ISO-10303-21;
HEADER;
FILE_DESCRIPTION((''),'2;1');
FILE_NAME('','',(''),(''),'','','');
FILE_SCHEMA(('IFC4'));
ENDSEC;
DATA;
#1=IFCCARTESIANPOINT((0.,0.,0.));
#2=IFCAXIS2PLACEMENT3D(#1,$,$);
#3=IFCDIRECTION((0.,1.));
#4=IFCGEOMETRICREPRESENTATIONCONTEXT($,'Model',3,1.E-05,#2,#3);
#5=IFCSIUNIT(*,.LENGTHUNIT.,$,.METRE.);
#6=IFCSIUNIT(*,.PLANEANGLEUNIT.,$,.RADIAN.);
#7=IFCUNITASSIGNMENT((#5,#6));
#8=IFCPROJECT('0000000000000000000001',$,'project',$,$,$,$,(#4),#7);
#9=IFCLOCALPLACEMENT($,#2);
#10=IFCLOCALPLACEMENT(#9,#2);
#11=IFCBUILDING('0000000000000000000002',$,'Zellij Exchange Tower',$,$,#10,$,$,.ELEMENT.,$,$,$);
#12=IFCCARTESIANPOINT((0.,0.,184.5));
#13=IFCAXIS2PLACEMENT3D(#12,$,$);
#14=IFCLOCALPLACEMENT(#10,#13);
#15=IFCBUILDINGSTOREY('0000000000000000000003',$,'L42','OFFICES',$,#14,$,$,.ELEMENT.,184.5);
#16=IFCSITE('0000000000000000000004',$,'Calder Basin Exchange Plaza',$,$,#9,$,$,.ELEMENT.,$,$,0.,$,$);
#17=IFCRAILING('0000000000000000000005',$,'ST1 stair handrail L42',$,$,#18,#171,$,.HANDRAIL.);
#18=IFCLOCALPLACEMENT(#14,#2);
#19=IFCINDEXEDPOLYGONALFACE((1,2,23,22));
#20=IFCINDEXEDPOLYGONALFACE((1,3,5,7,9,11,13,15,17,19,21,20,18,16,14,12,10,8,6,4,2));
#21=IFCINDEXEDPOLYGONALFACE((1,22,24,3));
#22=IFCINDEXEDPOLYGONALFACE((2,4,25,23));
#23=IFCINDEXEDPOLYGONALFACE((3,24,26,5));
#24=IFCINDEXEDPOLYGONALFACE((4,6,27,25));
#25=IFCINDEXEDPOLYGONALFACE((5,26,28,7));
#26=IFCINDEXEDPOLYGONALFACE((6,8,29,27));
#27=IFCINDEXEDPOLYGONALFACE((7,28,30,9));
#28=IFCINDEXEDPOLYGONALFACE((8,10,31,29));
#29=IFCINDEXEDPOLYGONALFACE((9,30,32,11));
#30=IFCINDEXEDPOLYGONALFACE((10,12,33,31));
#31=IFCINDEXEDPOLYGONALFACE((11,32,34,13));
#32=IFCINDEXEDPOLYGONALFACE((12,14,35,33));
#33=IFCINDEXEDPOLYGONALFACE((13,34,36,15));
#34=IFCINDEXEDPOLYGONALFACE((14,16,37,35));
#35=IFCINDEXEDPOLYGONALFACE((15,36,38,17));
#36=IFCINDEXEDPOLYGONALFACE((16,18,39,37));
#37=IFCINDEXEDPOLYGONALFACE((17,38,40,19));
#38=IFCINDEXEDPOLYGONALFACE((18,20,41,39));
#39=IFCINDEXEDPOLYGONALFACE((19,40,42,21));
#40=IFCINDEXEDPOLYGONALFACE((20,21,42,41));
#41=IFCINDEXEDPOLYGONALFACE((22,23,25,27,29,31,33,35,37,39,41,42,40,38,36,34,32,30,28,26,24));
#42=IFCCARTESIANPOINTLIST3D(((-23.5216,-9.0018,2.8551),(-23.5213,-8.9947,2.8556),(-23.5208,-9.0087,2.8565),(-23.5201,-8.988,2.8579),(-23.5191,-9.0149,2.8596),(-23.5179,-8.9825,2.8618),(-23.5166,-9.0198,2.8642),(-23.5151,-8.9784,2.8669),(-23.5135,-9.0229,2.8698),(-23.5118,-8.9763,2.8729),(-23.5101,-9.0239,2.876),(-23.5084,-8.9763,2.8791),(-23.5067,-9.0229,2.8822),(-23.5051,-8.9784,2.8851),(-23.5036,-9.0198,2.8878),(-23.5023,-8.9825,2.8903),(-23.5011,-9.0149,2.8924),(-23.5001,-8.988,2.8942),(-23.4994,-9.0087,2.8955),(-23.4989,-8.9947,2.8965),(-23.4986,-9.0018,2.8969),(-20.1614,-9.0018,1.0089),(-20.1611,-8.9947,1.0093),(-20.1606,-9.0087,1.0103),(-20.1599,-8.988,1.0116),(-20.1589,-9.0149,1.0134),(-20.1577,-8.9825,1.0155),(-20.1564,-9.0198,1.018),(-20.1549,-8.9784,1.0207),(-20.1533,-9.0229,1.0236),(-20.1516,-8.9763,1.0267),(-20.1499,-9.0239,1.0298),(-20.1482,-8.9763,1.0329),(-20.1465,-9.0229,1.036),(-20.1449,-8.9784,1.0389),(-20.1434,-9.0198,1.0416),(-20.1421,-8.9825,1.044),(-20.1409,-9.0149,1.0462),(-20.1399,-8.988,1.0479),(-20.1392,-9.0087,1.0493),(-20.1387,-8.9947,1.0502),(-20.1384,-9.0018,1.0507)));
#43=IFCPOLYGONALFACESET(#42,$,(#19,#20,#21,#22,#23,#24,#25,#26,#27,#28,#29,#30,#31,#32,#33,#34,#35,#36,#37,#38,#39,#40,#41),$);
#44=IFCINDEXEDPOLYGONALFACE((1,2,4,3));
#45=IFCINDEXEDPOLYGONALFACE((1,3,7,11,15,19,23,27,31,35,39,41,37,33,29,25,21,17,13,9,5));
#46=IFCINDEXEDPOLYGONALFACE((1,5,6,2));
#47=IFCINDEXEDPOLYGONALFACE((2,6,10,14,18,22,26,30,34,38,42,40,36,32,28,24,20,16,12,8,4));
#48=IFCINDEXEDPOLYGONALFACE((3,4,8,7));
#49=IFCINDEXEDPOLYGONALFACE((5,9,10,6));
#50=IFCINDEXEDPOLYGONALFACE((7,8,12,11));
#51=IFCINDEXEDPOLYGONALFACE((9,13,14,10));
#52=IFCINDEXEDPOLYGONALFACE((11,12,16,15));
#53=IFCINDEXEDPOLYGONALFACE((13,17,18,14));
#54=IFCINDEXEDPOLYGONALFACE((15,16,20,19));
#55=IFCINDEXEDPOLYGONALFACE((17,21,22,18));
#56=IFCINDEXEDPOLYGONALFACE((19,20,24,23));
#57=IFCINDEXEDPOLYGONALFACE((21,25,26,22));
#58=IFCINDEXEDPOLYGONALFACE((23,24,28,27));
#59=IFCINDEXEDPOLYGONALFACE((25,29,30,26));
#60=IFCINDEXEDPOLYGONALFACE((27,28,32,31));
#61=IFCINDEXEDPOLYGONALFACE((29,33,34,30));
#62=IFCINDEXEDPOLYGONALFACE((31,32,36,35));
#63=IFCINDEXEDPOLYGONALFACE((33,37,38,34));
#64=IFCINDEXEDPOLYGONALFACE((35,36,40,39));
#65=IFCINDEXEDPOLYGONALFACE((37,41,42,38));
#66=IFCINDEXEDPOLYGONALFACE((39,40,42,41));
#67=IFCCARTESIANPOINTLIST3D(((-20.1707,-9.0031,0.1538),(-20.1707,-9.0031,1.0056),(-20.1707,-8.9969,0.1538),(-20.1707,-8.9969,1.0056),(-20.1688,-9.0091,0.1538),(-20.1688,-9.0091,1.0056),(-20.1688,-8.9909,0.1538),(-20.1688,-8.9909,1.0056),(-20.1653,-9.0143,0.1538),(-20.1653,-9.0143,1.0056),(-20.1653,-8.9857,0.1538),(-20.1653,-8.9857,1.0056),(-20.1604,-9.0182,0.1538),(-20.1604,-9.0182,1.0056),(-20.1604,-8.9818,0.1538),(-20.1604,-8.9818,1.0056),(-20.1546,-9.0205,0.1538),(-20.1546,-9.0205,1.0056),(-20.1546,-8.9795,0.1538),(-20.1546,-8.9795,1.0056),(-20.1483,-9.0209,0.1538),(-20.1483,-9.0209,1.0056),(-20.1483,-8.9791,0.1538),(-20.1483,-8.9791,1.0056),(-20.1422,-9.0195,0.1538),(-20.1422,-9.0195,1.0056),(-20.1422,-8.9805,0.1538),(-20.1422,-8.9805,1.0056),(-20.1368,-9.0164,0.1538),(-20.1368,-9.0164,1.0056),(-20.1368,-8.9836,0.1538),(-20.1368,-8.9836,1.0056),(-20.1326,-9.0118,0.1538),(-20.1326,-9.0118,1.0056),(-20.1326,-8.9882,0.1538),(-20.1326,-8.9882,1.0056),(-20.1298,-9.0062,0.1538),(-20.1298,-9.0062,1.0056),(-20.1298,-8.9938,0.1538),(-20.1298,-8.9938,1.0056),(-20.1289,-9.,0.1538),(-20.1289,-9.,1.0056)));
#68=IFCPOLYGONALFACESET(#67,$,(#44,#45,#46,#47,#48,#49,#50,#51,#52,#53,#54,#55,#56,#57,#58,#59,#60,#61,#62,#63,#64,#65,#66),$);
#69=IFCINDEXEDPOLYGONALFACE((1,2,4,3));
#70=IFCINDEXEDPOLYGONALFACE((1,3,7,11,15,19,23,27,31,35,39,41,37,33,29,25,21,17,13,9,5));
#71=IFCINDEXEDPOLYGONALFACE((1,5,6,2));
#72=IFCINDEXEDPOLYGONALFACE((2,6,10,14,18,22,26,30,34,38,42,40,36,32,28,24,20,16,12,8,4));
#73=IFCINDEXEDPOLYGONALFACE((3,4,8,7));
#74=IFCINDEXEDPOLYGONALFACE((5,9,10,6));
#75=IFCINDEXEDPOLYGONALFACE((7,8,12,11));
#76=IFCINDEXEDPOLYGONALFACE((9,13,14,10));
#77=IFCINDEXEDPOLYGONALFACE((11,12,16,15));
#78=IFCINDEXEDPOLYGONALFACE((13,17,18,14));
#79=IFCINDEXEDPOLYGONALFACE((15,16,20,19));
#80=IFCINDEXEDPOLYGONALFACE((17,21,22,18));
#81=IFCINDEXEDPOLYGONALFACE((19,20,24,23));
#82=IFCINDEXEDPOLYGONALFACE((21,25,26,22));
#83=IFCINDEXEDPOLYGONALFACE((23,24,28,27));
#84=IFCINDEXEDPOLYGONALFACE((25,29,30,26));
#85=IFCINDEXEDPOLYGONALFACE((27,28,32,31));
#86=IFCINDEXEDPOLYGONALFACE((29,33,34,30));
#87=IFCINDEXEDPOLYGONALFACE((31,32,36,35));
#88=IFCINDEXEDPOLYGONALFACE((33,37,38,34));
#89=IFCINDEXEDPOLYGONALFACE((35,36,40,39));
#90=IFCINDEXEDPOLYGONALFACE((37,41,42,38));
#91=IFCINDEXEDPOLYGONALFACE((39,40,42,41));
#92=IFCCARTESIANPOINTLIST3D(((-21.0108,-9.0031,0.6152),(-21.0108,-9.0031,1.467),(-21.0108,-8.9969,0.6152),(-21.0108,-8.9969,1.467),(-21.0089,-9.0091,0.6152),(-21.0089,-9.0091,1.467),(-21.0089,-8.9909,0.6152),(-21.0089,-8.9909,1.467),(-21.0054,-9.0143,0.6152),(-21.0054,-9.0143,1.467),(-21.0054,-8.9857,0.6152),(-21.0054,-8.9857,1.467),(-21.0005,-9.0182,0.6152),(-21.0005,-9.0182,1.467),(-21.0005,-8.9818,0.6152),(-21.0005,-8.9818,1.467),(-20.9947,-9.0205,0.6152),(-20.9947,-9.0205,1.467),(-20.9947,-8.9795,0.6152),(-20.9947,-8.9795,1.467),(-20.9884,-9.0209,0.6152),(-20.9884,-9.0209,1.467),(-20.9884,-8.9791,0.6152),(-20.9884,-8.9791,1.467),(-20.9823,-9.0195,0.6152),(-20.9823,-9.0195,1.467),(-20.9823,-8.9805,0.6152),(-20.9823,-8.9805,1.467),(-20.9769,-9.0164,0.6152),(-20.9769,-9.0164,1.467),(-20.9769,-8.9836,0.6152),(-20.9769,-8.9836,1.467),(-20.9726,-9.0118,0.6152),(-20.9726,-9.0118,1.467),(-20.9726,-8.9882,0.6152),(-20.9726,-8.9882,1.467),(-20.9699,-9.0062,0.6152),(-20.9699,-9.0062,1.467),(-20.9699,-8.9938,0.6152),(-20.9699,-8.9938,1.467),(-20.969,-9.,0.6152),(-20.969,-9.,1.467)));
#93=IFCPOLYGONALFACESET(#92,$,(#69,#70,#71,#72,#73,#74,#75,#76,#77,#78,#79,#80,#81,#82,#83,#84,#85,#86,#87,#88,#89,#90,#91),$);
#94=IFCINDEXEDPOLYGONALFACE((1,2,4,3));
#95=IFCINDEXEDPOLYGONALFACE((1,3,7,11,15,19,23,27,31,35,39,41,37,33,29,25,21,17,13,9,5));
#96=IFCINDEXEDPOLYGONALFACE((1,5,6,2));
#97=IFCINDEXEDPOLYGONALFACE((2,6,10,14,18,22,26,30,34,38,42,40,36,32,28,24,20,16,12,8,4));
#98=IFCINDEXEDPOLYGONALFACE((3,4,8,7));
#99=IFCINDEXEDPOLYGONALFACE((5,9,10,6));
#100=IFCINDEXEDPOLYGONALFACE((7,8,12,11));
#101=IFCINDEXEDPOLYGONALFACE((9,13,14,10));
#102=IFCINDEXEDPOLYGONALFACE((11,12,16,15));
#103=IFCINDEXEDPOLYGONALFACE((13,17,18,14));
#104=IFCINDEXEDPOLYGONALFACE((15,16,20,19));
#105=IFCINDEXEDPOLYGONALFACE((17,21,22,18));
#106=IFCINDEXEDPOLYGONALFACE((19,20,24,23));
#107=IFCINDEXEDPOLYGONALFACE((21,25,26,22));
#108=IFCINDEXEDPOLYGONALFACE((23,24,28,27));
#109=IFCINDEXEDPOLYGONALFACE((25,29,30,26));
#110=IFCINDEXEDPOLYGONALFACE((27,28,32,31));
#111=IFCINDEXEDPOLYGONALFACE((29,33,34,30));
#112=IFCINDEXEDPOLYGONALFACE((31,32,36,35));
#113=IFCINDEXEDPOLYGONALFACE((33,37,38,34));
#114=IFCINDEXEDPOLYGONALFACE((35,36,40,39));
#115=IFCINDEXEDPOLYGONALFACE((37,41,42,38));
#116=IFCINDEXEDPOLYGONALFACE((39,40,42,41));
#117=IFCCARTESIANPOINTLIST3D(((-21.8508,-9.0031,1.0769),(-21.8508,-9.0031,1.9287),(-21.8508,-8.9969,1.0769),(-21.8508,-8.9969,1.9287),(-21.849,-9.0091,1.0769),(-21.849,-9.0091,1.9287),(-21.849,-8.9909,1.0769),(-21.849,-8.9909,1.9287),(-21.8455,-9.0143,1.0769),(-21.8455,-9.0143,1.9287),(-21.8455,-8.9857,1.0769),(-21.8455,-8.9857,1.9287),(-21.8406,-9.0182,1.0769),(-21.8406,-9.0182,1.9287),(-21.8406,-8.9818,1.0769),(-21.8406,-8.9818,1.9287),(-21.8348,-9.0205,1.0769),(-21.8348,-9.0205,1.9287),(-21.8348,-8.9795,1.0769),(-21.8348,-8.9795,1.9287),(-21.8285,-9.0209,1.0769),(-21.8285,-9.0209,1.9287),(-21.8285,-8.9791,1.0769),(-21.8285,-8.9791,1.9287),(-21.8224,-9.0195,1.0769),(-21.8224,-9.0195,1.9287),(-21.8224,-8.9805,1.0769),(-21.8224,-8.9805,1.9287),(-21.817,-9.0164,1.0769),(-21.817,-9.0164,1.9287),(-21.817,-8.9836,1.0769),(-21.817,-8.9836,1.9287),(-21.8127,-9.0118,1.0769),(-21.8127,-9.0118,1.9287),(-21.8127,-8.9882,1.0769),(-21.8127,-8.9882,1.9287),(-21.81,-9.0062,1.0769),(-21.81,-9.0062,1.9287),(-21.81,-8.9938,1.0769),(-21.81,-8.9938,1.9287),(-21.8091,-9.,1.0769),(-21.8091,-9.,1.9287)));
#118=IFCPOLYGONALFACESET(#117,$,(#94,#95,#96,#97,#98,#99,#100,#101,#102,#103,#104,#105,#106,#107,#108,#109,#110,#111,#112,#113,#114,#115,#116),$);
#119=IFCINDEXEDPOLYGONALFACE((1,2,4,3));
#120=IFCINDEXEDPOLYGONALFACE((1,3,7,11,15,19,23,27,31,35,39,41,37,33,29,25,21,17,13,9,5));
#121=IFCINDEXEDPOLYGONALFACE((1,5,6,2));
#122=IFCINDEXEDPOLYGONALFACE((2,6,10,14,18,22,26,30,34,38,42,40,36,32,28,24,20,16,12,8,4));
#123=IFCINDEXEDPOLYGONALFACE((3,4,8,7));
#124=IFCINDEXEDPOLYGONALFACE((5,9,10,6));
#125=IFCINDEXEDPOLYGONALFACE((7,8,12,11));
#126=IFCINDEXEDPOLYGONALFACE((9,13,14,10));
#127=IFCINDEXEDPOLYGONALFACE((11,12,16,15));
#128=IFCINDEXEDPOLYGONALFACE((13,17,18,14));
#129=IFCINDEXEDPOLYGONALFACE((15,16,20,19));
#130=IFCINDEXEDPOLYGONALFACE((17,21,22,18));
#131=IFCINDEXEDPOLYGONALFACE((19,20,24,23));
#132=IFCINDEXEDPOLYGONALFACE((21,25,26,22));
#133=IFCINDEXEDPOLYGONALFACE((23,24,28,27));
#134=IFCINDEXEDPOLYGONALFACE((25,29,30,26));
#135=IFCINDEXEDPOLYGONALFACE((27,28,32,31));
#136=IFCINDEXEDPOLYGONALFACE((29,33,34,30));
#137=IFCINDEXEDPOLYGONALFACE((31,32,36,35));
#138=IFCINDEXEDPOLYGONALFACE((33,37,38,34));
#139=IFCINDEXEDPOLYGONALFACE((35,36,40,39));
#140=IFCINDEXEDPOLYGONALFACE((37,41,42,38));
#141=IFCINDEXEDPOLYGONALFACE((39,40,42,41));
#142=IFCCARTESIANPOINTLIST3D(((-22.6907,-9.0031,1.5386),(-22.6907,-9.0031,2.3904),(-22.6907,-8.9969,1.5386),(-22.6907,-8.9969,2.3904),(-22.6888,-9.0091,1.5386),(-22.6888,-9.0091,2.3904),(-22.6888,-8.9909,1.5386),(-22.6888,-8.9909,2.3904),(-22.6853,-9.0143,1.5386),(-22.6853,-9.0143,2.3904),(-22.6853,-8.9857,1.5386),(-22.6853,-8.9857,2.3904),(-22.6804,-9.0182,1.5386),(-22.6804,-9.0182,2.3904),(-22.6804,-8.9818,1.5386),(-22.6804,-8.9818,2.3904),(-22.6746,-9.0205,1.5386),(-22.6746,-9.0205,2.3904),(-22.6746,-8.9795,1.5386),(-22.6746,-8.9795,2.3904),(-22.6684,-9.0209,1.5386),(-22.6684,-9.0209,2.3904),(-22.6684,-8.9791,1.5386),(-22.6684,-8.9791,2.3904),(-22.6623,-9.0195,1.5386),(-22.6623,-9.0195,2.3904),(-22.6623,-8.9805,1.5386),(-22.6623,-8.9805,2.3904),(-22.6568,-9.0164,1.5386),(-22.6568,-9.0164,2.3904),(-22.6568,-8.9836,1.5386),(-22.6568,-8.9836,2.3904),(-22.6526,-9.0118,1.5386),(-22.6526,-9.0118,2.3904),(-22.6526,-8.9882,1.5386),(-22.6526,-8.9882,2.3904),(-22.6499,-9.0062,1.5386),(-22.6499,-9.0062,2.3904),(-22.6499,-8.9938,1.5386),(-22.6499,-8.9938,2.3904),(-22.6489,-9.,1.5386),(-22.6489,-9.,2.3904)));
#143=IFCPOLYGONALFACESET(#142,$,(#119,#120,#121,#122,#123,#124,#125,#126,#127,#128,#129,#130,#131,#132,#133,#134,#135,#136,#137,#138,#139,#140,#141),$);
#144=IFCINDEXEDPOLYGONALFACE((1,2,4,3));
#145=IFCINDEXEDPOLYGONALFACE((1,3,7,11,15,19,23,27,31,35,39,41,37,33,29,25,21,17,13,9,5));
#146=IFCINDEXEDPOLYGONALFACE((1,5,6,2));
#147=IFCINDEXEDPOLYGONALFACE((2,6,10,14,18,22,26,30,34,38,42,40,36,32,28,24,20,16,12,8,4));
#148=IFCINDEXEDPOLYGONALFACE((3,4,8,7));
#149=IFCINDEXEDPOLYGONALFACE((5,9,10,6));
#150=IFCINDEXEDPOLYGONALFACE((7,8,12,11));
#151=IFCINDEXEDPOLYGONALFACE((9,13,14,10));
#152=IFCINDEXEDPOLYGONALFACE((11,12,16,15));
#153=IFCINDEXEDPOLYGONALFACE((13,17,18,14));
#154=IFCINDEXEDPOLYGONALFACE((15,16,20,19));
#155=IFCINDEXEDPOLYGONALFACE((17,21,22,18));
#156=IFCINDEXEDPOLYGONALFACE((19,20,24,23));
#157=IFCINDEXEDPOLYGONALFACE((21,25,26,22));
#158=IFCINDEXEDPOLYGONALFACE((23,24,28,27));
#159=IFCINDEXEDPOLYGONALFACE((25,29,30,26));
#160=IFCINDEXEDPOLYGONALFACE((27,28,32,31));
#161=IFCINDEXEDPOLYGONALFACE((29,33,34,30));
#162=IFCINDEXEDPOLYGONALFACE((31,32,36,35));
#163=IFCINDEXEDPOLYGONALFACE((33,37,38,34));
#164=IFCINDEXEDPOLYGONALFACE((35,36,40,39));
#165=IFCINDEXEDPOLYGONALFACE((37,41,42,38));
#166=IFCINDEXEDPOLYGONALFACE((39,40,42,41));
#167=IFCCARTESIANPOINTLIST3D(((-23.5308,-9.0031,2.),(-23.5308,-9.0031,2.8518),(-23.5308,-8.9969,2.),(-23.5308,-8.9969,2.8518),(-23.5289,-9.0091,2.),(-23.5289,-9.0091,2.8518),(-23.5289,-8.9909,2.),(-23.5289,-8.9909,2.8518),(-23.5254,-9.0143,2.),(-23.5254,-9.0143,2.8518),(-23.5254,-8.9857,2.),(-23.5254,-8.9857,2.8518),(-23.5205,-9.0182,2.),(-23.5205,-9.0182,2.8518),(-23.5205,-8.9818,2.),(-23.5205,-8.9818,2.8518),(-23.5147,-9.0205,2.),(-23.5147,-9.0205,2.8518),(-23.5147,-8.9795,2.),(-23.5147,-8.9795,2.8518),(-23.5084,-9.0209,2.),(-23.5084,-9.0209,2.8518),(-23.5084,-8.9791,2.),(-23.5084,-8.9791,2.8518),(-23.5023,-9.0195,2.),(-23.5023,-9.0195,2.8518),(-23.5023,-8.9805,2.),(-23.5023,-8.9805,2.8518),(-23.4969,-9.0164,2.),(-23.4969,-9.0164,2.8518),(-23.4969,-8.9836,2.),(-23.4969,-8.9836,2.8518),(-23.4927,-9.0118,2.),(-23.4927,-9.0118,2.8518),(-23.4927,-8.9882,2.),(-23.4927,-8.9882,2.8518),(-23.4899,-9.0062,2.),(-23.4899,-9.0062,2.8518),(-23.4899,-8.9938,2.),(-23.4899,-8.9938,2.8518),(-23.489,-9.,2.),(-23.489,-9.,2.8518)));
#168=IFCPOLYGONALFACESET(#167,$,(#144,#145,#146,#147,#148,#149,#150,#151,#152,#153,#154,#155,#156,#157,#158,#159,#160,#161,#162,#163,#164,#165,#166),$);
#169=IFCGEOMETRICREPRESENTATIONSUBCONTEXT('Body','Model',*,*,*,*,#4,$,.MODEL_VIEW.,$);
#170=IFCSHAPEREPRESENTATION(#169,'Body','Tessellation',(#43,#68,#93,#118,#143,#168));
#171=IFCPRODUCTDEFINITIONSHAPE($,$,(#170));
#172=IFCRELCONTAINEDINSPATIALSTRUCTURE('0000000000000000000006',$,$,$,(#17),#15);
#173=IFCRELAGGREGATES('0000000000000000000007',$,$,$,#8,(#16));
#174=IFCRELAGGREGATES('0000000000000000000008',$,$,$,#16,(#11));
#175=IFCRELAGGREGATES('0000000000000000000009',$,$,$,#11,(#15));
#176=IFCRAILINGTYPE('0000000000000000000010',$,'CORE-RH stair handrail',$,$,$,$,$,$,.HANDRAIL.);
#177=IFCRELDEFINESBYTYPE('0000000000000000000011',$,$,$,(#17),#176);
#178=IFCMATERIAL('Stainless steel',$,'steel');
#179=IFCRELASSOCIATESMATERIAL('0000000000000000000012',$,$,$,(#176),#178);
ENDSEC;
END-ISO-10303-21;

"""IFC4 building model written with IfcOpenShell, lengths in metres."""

from ifc_helpers import new_model, si_unit, direction, frame, origin, origin_2d, place, context, subcontext, project, spatial, circle, extrude, material, type_object, element, save


model = new_model("IFC4")

# Units and contexts
model_context = context("Model", 3, precision=1e-05, world=origin(), true_north=direction((0.0, 1.0)))
body_context = subcontext(model_context, "Body", "Model", "MODEL_VIEW")
ifc_project = project(units=[si_unit("LENGTHUNIT", "METRE"), si_unit("PLANEANGLEUNIT", "RADIAN")], contexts=[model_context])

# Site, building, storey
site_placement = place(None, origin())
site = spatial("IfcSite", under=ifc_project, at=site_placement, Name="Calder Basin Exchange Plaza", CompositionType="ELEMENT", RefElevation=0.0)
building_placement = place(site_placement, origin())
building = spatial("IfcBuilding", under=site, at=building_placement, Name="Zellij Exchange Tower", CompositionType="ELEMENT")
storey_placement = place(building_placement, frame((0.0, 0.0, 184.5)))
storey = spatial("IfcBuildingStorey", under=building, at=storey_placement, Name="L42", Description="OFFICES", CompositionType="ELEMENT", Elevation=184.5)

# Railing
ifc_material_1 = material(Name="Stainless steel", Category="steel")
railing_type_1 = type_object("IfcRailingType", Name="CORE-RH stair handrail", PredefinedType="HANDRAIL", material=ifc_material_1)
railing_1_placement = place(storey_placement, frame((-20.1499, -9.0, 0.1538)))
element("IfcRailing", 1, at=railing_1_placement, inside=storey, type_object=railing_type_1, Name="ST1 stair handrail L42", PredefinedType="HANDRAIL", context=body_context, shape_type="SweptSolid", body=[
    extrude(circle(Radius=0.0239, at=origin_2d()), frame((0.0, 0.0, 0.876), z_axis=(-0.876422, 0.0, 0.481545), x_axis=(0.0, -1.0, 0.0)), (0.0, 0.0, 1.0), 3.834),
    extrude(circle(Radius=0.021, at=origin_2d()), origin(), (0.0, 0.0, 1.0), 0.8518),
    extrude(circle(Radius=0.021, at=origin_2d()), frame((-0.8401, 0.0, 0.4614)), (0.0, 0.0, 1.0), 0.8518),
    extrude(circle(Radius=0.021, at=origin_2d()), frame((-1.6802, 0.0, 0.9231)), (0.0, 0.0, 1.0), 0.8518),
    extrude(circle(Radius=0.021, at=origin_2d()), frame((-2.52, 0.0, 1.3848)), (0.0, 0.0, 1.0), 0.8518),
    extrude(circle(Radius=0.021, at=origin_2d()), frame((-3.3601, 0.0, 1.8462)), (0.0, 0.0, 1.0), 0.8518),
])

save(model, "model.ifc")
